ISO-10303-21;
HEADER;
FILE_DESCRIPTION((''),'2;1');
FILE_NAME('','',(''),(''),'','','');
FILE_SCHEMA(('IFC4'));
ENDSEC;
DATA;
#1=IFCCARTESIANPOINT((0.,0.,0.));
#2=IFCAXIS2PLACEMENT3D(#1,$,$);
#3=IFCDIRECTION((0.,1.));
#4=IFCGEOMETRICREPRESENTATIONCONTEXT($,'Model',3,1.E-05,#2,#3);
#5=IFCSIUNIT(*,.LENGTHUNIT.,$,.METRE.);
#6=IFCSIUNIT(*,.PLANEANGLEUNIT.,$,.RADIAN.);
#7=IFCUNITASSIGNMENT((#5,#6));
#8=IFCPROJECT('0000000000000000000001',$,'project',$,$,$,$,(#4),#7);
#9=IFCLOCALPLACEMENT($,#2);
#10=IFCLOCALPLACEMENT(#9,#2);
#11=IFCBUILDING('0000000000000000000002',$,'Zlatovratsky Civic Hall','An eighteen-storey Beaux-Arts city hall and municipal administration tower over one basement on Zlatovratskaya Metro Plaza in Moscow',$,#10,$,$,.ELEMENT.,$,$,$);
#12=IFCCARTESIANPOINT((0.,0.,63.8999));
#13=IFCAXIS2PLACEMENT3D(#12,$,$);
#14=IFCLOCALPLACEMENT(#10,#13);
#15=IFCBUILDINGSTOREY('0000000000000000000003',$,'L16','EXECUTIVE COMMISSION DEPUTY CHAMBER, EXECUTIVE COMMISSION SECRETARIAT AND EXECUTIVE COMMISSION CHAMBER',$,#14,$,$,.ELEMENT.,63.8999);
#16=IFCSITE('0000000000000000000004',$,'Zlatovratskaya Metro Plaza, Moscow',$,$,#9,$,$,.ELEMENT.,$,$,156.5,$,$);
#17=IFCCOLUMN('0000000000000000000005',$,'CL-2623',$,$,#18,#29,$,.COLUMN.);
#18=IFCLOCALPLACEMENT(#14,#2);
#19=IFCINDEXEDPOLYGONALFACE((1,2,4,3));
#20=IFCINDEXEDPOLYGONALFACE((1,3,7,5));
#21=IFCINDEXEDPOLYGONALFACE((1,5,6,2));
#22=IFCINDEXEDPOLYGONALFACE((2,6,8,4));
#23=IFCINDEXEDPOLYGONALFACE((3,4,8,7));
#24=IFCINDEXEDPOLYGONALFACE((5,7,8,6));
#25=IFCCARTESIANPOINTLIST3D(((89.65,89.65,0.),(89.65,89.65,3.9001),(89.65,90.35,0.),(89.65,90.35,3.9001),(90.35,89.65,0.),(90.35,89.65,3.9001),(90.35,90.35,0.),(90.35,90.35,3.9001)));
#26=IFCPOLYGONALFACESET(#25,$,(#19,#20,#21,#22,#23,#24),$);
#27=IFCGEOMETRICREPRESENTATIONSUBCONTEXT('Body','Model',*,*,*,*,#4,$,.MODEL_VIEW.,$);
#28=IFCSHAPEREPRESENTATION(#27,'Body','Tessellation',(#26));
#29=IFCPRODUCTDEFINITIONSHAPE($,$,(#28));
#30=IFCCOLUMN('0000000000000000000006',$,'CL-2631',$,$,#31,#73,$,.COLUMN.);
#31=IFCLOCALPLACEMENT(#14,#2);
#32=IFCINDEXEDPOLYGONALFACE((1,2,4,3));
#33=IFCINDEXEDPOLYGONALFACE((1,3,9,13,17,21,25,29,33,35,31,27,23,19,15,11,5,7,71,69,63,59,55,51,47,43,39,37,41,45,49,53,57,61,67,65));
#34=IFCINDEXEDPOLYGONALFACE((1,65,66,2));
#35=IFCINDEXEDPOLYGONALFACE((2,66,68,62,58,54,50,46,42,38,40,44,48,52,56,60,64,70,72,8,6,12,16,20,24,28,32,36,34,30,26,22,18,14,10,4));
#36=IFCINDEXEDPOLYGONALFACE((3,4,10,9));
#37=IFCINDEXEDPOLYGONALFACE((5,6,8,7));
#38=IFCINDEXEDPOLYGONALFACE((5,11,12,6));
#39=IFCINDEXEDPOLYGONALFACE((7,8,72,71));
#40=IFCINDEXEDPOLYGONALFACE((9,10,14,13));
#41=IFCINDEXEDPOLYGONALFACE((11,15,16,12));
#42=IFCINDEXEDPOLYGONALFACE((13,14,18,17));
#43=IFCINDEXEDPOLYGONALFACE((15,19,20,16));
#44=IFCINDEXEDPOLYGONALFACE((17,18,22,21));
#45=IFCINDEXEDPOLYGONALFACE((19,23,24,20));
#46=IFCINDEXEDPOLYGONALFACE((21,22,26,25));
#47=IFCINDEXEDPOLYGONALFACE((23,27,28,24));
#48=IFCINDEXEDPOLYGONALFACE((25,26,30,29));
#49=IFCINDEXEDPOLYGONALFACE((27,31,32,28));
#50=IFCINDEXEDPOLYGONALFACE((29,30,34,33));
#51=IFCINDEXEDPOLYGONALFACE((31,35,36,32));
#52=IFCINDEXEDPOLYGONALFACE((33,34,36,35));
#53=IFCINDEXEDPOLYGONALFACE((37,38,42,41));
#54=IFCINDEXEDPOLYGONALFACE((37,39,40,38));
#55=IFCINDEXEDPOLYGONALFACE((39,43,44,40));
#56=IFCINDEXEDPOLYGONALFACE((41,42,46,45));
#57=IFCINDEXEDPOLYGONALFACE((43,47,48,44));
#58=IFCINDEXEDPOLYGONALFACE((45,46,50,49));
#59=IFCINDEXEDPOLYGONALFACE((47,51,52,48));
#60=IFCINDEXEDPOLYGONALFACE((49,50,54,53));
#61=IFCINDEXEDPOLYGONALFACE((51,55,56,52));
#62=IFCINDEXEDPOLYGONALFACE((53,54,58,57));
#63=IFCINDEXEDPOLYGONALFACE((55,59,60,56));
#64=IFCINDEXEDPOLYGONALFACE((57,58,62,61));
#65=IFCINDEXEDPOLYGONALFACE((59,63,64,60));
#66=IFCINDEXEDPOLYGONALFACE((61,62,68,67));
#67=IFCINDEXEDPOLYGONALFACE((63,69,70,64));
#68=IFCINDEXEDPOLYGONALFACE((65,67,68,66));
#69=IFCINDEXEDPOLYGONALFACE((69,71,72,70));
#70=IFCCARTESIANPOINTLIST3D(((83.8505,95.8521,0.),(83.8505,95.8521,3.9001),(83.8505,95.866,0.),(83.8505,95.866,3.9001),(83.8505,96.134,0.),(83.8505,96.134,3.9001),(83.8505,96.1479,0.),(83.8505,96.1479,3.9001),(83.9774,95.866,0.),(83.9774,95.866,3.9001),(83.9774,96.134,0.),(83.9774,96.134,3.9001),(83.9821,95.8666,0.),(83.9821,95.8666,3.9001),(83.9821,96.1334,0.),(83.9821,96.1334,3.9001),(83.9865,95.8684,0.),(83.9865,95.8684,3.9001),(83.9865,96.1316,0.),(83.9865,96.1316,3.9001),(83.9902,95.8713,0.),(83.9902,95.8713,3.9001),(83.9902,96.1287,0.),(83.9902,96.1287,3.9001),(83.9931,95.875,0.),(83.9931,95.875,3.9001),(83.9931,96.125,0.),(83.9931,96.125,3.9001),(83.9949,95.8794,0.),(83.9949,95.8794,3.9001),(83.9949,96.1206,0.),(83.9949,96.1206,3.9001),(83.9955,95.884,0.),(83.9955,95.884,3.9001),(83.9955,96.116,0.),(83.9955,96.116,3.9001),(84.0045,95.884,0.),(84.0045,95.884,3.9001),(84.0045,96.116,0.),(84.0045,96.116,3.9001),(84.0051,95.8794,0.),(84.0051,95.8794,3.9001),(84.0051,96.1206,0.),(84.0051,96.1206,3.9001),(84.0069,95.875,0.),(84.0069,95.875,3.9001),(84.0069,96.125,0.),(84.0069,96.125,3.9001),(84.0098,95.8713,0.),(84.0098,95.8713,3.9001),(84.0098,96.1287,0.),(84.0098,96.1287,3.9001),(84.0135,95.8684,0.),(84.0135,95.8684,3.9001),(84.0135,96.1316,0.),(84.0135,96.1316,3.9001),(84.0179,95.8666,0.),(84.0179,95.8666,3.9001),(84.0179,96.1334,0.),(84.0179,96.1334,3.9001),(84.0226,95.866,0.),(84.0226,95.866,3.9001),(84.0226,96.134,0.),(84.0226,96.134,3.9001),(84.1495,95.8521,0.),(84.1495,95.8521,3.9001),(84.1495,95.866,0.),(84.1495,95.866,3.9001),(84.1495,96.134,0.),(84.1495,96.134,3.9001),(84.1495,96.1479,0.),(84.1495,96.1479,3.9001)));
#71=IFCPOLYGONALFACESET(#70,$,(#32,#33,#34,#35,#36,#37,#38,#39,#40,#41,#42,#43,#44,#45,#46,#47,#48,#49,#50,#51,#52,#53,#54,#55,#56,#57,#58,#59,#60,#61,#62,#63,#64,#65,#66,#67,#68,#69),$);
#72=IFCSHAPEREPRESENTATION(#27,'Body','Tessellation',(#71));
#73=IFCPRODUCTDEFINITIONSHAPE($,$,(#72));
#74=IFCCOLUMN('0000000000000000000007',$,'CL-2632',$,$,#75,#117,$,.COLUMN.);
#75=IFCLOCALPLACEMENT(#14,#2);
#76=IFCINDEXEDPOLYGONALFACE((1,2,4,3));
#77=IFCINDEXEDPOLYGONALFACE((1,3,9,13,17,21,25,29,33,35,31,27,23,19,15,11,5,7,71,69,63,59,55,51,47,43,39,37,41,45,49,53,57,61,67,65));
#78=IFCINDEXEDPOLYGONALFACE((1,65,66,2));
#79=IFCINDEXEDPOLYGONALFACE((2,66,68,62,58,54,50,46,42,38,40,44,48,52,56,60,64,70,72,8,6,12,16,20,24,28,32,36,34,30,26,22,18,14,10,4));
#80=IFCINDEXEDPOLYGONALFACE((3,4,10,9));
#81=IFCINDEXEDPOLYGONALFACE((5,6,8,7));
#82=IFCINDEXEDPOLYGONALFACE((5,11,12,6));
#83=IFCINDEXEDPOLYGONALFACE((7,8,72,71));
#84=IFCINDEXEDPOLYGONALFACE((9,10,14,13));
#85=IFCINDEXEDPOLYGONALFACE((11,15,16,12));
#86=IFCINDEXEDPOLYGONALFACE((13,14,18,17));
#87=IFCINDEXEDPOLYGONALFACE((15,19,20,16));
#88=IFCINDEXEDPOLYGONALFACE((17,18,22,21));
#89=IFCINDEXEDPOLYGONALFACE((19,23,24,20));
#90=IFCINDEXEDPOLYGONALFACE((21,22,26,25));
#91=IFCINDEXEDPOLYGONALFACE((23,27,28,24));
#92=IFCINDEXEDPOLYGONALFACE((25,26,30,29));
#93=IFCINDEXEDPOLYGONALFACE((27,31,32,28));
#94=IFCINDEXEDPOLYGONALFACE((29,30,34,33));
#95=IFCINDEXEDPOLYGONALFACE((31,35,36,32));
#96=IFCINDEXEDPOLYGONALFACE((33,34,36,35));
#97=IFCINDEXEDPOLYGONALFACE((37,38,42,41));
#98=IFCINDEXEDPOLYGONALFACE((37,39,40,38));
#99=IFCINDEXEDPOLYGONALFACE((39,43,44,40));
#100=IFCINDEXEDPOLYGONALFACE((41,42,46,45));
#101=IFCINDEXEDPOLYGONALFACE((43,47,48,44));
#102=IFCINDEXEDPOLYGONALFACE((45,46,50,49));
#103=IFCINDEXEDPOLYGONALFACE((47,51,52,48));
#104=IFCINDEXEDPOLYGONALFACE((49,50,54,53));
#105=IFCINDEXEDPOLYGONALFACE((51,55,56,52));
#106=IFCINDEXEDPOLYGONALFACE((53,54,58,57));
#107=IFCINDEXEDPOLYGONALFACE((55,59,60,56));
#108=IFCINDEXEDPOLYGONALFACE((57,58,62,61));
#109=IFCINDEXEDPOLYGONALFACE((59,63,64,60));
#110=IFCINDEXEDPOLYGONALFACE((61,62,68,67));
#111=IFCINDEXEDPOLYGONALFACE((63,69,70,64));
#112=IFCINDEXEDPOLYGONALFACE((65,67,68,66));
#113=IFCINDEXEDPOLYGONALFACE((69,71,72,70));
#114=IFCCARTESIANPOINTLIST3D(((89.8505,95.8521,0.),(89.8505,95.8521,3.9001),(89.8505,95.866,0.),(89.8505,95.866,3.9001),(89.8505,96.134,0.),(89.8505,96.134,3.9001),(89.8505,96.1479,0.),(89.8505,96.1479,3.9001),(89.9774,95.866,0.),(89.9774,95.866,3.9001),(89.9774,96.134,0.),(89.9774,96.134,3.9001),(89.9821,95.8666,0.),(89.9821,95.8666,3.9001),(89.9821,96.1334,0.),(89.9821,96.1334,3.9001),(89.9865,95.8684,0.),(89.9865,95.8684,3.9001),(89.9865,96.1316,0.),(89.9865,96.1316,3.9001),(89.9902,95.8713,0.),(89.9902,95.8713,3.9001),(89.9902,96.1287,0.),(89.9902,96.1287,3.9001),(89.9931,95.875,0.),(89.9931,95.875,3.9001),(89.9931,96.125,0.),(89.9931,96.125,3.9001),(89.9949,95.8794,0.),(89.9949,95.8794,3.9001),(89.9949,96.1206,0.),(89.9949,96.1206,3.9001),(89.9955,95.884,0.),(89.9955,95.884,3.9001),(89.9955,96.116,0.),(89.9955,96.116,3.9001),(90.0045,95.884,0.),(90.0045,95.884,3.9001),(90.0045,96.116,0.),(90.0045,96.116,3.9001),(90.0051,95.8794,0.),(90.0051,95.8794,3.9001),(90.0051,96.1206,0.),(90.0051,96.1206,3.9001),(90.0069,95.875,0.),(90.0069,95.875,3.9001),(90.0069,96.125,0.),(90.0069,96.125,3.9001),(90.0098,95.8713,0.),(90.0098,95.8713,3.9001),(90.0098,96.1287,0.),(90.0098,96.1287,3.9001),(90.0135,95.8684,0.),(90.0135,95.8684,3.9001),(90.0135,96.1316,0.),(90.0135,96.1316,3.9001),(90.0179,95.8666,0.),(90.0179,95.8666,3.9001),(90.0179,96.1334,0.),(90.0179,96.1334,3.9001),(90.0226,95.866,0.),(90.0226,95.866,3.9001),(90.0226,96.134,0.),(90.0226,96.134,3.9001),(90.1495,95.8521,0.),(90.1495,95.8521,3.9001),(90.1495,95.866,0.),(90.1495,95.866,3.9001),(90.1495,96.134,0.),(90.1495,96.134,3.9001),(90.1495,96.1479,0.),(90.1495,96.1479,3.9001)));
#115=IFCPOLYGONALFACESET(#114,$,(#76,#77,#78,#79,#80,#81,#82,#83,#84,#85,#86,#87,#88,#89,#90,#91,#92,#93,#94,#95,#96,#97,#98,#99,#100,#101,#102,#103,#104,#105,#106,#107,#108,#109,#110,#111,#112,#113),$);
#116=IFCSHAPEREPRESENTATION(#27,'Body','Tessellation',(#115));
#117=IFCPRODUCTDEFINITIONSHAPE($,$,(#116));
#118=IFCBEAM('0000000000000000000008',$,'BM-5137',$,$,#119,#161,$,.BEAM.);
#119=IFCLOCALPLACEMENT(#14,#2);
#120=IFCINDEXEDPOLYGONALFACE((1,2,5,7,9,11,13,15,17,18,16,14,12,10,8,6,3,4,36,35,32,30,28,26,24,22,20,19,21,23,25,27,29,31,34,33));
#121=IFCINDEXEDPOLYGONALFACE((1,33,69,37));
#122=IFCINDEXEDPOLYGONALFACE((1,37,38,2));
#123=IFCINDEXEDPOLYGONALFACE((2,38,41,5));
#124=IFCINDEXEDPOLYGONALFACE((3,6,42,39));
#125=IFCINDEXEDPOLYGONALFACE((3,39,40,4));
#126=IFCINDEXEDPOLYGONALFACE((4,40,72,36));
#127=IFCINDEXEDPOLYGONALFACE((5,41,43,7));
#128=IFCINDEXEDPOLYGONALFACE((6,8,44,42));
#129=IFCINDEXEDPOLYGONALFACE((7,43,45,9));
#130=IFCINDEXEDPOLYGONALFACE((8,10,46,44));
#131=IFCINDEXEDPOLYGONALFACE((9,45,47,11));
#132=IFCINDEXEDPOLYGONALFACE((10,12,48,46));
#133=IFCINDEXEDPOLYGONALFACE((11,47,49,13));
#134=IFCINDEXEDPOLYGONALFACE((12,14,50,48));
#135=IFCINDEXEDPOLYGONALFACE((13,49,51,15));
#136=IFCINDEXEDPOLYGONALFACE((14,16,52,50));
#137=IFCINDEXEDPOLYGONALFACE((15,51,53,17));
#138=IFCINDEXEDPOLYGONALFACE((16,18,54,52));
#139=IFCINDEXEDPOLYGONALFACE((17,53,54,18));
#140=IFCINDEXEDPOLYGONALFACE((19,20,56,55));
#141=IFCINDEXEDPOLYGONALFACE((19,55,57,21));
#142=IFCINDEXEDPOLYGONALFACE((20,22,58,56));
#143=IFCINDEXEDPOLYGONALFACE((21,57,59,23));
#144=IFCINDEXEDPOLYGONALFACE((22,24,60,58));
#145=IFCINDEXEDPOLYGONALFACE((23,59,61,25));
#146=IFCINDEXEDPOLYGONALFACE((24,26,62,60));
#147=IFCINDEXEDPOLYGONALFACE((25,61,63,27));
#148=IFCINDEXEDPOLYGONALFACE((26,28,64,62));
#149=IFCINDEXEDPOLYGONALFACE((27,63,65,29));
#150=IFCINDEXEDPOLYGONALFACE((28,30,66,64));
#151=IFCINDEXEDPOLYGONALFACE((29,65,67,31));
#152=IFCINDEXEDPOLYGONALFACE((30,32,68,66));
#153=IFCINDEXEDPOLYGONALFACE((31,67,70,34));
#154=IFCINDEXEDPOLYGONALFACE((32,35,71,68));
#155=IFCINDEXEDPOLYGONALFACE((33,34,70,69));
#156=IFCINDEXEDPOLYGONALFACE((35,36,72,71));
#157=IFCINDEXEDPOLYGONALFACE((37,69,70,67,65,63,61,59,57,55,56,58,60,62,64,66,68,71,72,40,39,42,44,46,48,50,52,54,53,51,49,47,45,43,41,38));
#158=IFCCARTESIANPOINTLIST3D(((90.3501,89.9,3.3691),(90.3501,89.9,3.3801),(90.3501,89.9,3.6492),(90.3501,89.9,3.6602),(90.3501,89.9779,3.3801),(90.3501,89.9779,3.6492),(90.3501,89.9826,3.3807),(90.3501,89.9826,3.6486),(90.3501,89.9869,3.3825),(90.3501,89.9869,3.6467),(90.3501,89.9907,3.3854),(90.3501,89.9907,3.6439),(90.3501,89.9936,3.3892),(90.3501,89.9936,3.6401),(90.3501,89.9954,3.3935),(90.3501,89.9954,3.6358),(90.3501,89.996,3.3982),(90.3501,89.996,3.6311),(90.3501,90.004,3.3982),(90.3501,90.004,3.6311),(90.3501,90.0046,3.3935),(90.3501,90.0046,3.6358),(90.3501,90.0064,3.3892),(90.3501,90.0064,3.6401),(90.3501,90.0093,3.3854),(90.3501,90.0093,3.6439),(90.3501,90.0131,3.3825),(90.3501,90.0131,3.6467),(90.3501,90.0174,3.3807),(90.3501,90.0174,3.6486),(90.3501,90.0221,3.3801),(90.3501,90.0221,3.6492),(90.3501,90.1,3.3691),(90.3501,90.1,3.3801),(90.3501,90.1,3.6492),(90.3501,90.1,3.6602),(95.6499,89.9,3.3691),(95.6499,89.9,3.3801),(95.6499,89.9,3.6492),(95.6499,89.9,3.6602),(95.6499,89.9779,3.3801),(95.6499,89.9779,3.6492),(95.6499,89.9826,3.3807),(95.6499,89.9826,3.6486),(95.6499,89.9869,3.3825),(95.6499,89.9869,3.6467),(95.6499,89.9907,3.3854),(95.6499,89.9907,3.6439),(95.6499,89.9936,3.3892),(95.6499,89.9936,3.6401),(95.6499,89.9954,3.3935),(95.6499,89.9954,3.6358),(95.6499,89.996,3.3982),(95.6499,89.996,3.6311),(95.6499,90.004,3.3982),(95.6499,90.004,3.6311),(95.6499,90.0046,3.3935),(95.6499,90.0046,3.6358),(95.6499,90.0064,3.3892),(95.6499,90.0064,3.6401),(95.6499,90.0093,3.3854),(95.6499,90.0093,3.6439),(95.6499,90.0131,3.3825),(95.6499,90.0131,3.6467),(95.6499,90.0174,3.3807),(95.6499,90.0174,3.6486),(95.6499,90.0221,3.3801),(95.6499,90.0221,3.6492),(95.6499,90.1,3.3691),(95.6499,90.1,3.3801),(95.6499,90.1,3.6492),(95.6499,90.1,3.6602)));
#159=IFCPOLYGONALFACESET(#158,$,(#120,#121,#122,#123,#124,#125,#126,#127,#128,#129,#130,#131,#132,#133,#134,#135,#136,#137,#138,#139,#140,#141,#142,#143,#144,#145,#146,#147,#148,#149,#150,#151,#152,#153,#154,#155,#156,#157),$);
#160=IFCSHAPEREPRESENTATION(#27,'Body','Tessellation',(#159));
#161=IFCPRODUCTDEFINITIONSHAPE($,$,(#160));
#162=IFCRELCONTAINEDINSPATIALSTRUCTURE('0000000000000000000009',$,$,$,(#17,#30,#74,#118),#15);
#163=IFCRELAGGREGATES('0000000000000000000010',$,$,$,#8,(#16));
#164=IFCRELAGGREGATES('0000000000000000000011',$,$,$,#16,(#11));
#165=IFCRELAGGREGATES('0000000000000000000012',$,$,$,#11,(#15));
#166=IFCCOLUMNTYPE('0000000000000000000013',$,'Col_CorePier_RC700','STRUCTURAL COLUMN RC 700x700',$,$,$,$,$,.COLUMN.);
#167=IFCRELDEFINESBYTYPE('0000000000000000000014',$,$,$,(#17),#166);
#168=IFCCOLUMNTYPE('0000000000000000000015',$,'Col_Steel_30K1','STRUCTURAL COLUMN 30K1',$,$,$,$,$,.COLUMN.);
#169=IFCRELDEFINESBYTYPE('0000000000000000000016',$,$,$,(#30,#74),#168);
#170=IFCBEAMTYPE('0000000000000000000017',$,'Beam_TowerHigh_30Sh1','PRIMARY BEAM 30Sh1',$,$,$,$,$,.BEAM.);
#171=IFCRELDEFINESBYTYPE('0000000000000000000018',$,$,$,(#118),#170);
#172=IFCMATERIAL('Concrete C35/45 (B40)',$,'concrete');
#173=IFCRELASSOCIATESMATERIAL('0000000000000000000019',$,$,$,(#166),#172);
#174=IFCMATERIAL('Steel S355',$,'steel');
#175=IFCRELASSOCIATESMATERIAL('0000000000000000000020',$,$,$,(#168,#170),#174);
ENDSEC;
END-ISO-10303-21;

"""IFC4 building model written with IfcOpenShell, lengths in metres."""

from ifc_helpers import new_model, si_unit, direction, frame, origin, origin_2d, place, context, subcontext, project, spatial, rectangle, i_section, extrude, material, material_profile, profile_set, type_object, element, save


model = new_model("IFC4")

# Units and contexts
model_context = context("Model", 3, precision=1e-05, world=origin(), true_north=direction((0.0, 1.0)))
body_context = subcontext(model_context, "Body", "Model", "MODEL_VIEW")
ifc_project = project(units=[si_unit("LENGTHUNIT", "METRE"), si_unit("PLANEANGLEUNIT", "RADIAN")], contexts=[model_context])

# Site, building, storey
site_placement = place(None, origin())
site = spatial("IfcSite", under=ifc_project, at=site_placement, Name="Zlatovratskaya Metro Plaza, Moscow", CompositionType="ELEMENT", RefElevation=156.5)
building_placement = place(site_placement, origin())
building = spatial("IfcBuilding", under=site, at=building_placement, Name="Zlatovratsky Civic Hall", Description="An eighteen-storey Beaux-Arts city hall and municipal administration tower over one basement on Zlatovratskaya Metro Plaza in Moscow", CompositionType="ELEMENT")
storey_placement = place(building_placement, frame((0.0, 0.0, 63.8999)))
storey = spatial("IfcBuildingStorey", under=building, at=storey_placement, Name="L16", Description="EXECUTIVE COMMISSION DEPUTY CHAMBER, EXECUTIVE COMMISSION SECRETARIAT AND EXECUTIVE COMMISSION CHAMBER", CompositionType="ELEMENT", Elevation=63.8999)

# Columns
ifc_material_1 = material(Name="Concrete C35/45 (B40)", Category="concrete")
ifc_material_profile_1 = material_profile(ifc_material_1, rectangle(XDim=0.7, YDim=0.7, at=origin_2d()), Name="RC 700x700")
ifc_profile_set_1 = profile_set([ifc_material_profile_1], Name="Concrete C35/45 (B40)")
column_type_1 = type_object("IfcColumnType", Name="Col_CorePier_RC700", Description="STRUCTURAL COLUMN RC 700x700", PredefinedType="COLUMN", material=ifc_profile_set_1)
column_placement = place(storey_placement, frame((90.0, 90.0, 0.0), z_axis=(0.0, 0.0, 1.0), x_axis=(1.0, 0.0, 0.0)))
element("IfcColumn", 1, at=column_placement, inside=storey, type_object=column_type_1, Name="CL-2623", PredefinedType="COLUMN", context=body_context, shape_type="SweptSolid", body=[
    extrude(rectangle(XDim=0.7, YDim=0.7, at=origin_2d()), origin(), (0.0, 0.0, 1.0), 3.9001),
])
ifc_material_2 = material(Name="Steel S355", Category="steel")
ifc_material_profile_2 = material_profile(ifc_material_2, i_section(OverallWidth=0.2991, OverallDepth=0.2959, WebThickness=0.009, FlangeThickness=0.0139, FilletRadius=0.0181, at=origin_2d()), Name="30K1")
ifc_profile_set_2 = profile_set([ifc_material_profile_2], Name="Steel S355")
column_type_2 = type_object("IfcColumnType", Name="Col_Steel_30K1", Description="STRUCTURAL COLUMN 30K1", PredefinedType="COLUMN", material=ifc_profile_set_2)
for number, where, z_axis, x_axis, name in (
    (2, (84.0, 96.0, 0.0), (0.0, 0.0, 1.0), (1.0, 0.0, 0.0), "CL-2631"),
    (3, (90.0, 96.0, 0.0), (0.0, 0.0, 1.0), (1.0, 0.0, 0.0), "CL-2632"),
):
    element("IfcColumn", number, at=place(storey_placement, frame(where, z_axis=z_axis, x_axis=x_axis)), inside=storey, type_object=column_type_2, Name=name, PredefinedType="COLUMN", context=body_context, shape_type="SweptSolid", body=[
        extrude(i_section(OverallWidth=0.2991, OverallDepth=0.2959, WebThickness=0.009, FlangeThickness=0.0139, FilletRadius=0.0181, at=origin_2d()), origin(), (0.0, 0.0, 1.0), 3.9001),
    ])

# Beam
ifc_material_profile_3 = material_profile(ifc_material_2, i_section(OverallWidth=0.2, OverallDepth=0.291, WebThickness=0.0081, FlangeThickness=0.011, FilletRadius=0.0181, at=origin_2d()), Name="30Sh1")
ifc_profile_set_3 = profile_set([ifc_material_profile_3], Name="Steel S355")
beam_type_1 = type_object("IfcBeamType", Name="Beam_TowerHigh_30Sh1", Description="PRIMARY BEAM 30Sh1", PredefinedType="BEAM", material=ifc_profile_set_3)
beam_1_placement = place(storey_placement, frame((90.3501, 90.0, 3.5146), z_axis=(1.0, 0.0, 0.0), x_axis=(0.0, 1.0, 0.0)))
element("IfcBeam", 4, at=beam_1_placement, inside=storey, type_object=beam_type_1, Name="BM-5137", PredefinedType="BEAM", context=body_context, shape_type="SweptSolid", body=[
    extrude(i_section(OverallWidth=0.2, OverallDepth=0.291, WebThickness=0.0081, FlangeThickness=0.011, FilletRadius=0.0181, at=origin_2d()), origin(), (0.0, 0.0, 1.0), 5.2998),
])

save(model, "model.ifc")
